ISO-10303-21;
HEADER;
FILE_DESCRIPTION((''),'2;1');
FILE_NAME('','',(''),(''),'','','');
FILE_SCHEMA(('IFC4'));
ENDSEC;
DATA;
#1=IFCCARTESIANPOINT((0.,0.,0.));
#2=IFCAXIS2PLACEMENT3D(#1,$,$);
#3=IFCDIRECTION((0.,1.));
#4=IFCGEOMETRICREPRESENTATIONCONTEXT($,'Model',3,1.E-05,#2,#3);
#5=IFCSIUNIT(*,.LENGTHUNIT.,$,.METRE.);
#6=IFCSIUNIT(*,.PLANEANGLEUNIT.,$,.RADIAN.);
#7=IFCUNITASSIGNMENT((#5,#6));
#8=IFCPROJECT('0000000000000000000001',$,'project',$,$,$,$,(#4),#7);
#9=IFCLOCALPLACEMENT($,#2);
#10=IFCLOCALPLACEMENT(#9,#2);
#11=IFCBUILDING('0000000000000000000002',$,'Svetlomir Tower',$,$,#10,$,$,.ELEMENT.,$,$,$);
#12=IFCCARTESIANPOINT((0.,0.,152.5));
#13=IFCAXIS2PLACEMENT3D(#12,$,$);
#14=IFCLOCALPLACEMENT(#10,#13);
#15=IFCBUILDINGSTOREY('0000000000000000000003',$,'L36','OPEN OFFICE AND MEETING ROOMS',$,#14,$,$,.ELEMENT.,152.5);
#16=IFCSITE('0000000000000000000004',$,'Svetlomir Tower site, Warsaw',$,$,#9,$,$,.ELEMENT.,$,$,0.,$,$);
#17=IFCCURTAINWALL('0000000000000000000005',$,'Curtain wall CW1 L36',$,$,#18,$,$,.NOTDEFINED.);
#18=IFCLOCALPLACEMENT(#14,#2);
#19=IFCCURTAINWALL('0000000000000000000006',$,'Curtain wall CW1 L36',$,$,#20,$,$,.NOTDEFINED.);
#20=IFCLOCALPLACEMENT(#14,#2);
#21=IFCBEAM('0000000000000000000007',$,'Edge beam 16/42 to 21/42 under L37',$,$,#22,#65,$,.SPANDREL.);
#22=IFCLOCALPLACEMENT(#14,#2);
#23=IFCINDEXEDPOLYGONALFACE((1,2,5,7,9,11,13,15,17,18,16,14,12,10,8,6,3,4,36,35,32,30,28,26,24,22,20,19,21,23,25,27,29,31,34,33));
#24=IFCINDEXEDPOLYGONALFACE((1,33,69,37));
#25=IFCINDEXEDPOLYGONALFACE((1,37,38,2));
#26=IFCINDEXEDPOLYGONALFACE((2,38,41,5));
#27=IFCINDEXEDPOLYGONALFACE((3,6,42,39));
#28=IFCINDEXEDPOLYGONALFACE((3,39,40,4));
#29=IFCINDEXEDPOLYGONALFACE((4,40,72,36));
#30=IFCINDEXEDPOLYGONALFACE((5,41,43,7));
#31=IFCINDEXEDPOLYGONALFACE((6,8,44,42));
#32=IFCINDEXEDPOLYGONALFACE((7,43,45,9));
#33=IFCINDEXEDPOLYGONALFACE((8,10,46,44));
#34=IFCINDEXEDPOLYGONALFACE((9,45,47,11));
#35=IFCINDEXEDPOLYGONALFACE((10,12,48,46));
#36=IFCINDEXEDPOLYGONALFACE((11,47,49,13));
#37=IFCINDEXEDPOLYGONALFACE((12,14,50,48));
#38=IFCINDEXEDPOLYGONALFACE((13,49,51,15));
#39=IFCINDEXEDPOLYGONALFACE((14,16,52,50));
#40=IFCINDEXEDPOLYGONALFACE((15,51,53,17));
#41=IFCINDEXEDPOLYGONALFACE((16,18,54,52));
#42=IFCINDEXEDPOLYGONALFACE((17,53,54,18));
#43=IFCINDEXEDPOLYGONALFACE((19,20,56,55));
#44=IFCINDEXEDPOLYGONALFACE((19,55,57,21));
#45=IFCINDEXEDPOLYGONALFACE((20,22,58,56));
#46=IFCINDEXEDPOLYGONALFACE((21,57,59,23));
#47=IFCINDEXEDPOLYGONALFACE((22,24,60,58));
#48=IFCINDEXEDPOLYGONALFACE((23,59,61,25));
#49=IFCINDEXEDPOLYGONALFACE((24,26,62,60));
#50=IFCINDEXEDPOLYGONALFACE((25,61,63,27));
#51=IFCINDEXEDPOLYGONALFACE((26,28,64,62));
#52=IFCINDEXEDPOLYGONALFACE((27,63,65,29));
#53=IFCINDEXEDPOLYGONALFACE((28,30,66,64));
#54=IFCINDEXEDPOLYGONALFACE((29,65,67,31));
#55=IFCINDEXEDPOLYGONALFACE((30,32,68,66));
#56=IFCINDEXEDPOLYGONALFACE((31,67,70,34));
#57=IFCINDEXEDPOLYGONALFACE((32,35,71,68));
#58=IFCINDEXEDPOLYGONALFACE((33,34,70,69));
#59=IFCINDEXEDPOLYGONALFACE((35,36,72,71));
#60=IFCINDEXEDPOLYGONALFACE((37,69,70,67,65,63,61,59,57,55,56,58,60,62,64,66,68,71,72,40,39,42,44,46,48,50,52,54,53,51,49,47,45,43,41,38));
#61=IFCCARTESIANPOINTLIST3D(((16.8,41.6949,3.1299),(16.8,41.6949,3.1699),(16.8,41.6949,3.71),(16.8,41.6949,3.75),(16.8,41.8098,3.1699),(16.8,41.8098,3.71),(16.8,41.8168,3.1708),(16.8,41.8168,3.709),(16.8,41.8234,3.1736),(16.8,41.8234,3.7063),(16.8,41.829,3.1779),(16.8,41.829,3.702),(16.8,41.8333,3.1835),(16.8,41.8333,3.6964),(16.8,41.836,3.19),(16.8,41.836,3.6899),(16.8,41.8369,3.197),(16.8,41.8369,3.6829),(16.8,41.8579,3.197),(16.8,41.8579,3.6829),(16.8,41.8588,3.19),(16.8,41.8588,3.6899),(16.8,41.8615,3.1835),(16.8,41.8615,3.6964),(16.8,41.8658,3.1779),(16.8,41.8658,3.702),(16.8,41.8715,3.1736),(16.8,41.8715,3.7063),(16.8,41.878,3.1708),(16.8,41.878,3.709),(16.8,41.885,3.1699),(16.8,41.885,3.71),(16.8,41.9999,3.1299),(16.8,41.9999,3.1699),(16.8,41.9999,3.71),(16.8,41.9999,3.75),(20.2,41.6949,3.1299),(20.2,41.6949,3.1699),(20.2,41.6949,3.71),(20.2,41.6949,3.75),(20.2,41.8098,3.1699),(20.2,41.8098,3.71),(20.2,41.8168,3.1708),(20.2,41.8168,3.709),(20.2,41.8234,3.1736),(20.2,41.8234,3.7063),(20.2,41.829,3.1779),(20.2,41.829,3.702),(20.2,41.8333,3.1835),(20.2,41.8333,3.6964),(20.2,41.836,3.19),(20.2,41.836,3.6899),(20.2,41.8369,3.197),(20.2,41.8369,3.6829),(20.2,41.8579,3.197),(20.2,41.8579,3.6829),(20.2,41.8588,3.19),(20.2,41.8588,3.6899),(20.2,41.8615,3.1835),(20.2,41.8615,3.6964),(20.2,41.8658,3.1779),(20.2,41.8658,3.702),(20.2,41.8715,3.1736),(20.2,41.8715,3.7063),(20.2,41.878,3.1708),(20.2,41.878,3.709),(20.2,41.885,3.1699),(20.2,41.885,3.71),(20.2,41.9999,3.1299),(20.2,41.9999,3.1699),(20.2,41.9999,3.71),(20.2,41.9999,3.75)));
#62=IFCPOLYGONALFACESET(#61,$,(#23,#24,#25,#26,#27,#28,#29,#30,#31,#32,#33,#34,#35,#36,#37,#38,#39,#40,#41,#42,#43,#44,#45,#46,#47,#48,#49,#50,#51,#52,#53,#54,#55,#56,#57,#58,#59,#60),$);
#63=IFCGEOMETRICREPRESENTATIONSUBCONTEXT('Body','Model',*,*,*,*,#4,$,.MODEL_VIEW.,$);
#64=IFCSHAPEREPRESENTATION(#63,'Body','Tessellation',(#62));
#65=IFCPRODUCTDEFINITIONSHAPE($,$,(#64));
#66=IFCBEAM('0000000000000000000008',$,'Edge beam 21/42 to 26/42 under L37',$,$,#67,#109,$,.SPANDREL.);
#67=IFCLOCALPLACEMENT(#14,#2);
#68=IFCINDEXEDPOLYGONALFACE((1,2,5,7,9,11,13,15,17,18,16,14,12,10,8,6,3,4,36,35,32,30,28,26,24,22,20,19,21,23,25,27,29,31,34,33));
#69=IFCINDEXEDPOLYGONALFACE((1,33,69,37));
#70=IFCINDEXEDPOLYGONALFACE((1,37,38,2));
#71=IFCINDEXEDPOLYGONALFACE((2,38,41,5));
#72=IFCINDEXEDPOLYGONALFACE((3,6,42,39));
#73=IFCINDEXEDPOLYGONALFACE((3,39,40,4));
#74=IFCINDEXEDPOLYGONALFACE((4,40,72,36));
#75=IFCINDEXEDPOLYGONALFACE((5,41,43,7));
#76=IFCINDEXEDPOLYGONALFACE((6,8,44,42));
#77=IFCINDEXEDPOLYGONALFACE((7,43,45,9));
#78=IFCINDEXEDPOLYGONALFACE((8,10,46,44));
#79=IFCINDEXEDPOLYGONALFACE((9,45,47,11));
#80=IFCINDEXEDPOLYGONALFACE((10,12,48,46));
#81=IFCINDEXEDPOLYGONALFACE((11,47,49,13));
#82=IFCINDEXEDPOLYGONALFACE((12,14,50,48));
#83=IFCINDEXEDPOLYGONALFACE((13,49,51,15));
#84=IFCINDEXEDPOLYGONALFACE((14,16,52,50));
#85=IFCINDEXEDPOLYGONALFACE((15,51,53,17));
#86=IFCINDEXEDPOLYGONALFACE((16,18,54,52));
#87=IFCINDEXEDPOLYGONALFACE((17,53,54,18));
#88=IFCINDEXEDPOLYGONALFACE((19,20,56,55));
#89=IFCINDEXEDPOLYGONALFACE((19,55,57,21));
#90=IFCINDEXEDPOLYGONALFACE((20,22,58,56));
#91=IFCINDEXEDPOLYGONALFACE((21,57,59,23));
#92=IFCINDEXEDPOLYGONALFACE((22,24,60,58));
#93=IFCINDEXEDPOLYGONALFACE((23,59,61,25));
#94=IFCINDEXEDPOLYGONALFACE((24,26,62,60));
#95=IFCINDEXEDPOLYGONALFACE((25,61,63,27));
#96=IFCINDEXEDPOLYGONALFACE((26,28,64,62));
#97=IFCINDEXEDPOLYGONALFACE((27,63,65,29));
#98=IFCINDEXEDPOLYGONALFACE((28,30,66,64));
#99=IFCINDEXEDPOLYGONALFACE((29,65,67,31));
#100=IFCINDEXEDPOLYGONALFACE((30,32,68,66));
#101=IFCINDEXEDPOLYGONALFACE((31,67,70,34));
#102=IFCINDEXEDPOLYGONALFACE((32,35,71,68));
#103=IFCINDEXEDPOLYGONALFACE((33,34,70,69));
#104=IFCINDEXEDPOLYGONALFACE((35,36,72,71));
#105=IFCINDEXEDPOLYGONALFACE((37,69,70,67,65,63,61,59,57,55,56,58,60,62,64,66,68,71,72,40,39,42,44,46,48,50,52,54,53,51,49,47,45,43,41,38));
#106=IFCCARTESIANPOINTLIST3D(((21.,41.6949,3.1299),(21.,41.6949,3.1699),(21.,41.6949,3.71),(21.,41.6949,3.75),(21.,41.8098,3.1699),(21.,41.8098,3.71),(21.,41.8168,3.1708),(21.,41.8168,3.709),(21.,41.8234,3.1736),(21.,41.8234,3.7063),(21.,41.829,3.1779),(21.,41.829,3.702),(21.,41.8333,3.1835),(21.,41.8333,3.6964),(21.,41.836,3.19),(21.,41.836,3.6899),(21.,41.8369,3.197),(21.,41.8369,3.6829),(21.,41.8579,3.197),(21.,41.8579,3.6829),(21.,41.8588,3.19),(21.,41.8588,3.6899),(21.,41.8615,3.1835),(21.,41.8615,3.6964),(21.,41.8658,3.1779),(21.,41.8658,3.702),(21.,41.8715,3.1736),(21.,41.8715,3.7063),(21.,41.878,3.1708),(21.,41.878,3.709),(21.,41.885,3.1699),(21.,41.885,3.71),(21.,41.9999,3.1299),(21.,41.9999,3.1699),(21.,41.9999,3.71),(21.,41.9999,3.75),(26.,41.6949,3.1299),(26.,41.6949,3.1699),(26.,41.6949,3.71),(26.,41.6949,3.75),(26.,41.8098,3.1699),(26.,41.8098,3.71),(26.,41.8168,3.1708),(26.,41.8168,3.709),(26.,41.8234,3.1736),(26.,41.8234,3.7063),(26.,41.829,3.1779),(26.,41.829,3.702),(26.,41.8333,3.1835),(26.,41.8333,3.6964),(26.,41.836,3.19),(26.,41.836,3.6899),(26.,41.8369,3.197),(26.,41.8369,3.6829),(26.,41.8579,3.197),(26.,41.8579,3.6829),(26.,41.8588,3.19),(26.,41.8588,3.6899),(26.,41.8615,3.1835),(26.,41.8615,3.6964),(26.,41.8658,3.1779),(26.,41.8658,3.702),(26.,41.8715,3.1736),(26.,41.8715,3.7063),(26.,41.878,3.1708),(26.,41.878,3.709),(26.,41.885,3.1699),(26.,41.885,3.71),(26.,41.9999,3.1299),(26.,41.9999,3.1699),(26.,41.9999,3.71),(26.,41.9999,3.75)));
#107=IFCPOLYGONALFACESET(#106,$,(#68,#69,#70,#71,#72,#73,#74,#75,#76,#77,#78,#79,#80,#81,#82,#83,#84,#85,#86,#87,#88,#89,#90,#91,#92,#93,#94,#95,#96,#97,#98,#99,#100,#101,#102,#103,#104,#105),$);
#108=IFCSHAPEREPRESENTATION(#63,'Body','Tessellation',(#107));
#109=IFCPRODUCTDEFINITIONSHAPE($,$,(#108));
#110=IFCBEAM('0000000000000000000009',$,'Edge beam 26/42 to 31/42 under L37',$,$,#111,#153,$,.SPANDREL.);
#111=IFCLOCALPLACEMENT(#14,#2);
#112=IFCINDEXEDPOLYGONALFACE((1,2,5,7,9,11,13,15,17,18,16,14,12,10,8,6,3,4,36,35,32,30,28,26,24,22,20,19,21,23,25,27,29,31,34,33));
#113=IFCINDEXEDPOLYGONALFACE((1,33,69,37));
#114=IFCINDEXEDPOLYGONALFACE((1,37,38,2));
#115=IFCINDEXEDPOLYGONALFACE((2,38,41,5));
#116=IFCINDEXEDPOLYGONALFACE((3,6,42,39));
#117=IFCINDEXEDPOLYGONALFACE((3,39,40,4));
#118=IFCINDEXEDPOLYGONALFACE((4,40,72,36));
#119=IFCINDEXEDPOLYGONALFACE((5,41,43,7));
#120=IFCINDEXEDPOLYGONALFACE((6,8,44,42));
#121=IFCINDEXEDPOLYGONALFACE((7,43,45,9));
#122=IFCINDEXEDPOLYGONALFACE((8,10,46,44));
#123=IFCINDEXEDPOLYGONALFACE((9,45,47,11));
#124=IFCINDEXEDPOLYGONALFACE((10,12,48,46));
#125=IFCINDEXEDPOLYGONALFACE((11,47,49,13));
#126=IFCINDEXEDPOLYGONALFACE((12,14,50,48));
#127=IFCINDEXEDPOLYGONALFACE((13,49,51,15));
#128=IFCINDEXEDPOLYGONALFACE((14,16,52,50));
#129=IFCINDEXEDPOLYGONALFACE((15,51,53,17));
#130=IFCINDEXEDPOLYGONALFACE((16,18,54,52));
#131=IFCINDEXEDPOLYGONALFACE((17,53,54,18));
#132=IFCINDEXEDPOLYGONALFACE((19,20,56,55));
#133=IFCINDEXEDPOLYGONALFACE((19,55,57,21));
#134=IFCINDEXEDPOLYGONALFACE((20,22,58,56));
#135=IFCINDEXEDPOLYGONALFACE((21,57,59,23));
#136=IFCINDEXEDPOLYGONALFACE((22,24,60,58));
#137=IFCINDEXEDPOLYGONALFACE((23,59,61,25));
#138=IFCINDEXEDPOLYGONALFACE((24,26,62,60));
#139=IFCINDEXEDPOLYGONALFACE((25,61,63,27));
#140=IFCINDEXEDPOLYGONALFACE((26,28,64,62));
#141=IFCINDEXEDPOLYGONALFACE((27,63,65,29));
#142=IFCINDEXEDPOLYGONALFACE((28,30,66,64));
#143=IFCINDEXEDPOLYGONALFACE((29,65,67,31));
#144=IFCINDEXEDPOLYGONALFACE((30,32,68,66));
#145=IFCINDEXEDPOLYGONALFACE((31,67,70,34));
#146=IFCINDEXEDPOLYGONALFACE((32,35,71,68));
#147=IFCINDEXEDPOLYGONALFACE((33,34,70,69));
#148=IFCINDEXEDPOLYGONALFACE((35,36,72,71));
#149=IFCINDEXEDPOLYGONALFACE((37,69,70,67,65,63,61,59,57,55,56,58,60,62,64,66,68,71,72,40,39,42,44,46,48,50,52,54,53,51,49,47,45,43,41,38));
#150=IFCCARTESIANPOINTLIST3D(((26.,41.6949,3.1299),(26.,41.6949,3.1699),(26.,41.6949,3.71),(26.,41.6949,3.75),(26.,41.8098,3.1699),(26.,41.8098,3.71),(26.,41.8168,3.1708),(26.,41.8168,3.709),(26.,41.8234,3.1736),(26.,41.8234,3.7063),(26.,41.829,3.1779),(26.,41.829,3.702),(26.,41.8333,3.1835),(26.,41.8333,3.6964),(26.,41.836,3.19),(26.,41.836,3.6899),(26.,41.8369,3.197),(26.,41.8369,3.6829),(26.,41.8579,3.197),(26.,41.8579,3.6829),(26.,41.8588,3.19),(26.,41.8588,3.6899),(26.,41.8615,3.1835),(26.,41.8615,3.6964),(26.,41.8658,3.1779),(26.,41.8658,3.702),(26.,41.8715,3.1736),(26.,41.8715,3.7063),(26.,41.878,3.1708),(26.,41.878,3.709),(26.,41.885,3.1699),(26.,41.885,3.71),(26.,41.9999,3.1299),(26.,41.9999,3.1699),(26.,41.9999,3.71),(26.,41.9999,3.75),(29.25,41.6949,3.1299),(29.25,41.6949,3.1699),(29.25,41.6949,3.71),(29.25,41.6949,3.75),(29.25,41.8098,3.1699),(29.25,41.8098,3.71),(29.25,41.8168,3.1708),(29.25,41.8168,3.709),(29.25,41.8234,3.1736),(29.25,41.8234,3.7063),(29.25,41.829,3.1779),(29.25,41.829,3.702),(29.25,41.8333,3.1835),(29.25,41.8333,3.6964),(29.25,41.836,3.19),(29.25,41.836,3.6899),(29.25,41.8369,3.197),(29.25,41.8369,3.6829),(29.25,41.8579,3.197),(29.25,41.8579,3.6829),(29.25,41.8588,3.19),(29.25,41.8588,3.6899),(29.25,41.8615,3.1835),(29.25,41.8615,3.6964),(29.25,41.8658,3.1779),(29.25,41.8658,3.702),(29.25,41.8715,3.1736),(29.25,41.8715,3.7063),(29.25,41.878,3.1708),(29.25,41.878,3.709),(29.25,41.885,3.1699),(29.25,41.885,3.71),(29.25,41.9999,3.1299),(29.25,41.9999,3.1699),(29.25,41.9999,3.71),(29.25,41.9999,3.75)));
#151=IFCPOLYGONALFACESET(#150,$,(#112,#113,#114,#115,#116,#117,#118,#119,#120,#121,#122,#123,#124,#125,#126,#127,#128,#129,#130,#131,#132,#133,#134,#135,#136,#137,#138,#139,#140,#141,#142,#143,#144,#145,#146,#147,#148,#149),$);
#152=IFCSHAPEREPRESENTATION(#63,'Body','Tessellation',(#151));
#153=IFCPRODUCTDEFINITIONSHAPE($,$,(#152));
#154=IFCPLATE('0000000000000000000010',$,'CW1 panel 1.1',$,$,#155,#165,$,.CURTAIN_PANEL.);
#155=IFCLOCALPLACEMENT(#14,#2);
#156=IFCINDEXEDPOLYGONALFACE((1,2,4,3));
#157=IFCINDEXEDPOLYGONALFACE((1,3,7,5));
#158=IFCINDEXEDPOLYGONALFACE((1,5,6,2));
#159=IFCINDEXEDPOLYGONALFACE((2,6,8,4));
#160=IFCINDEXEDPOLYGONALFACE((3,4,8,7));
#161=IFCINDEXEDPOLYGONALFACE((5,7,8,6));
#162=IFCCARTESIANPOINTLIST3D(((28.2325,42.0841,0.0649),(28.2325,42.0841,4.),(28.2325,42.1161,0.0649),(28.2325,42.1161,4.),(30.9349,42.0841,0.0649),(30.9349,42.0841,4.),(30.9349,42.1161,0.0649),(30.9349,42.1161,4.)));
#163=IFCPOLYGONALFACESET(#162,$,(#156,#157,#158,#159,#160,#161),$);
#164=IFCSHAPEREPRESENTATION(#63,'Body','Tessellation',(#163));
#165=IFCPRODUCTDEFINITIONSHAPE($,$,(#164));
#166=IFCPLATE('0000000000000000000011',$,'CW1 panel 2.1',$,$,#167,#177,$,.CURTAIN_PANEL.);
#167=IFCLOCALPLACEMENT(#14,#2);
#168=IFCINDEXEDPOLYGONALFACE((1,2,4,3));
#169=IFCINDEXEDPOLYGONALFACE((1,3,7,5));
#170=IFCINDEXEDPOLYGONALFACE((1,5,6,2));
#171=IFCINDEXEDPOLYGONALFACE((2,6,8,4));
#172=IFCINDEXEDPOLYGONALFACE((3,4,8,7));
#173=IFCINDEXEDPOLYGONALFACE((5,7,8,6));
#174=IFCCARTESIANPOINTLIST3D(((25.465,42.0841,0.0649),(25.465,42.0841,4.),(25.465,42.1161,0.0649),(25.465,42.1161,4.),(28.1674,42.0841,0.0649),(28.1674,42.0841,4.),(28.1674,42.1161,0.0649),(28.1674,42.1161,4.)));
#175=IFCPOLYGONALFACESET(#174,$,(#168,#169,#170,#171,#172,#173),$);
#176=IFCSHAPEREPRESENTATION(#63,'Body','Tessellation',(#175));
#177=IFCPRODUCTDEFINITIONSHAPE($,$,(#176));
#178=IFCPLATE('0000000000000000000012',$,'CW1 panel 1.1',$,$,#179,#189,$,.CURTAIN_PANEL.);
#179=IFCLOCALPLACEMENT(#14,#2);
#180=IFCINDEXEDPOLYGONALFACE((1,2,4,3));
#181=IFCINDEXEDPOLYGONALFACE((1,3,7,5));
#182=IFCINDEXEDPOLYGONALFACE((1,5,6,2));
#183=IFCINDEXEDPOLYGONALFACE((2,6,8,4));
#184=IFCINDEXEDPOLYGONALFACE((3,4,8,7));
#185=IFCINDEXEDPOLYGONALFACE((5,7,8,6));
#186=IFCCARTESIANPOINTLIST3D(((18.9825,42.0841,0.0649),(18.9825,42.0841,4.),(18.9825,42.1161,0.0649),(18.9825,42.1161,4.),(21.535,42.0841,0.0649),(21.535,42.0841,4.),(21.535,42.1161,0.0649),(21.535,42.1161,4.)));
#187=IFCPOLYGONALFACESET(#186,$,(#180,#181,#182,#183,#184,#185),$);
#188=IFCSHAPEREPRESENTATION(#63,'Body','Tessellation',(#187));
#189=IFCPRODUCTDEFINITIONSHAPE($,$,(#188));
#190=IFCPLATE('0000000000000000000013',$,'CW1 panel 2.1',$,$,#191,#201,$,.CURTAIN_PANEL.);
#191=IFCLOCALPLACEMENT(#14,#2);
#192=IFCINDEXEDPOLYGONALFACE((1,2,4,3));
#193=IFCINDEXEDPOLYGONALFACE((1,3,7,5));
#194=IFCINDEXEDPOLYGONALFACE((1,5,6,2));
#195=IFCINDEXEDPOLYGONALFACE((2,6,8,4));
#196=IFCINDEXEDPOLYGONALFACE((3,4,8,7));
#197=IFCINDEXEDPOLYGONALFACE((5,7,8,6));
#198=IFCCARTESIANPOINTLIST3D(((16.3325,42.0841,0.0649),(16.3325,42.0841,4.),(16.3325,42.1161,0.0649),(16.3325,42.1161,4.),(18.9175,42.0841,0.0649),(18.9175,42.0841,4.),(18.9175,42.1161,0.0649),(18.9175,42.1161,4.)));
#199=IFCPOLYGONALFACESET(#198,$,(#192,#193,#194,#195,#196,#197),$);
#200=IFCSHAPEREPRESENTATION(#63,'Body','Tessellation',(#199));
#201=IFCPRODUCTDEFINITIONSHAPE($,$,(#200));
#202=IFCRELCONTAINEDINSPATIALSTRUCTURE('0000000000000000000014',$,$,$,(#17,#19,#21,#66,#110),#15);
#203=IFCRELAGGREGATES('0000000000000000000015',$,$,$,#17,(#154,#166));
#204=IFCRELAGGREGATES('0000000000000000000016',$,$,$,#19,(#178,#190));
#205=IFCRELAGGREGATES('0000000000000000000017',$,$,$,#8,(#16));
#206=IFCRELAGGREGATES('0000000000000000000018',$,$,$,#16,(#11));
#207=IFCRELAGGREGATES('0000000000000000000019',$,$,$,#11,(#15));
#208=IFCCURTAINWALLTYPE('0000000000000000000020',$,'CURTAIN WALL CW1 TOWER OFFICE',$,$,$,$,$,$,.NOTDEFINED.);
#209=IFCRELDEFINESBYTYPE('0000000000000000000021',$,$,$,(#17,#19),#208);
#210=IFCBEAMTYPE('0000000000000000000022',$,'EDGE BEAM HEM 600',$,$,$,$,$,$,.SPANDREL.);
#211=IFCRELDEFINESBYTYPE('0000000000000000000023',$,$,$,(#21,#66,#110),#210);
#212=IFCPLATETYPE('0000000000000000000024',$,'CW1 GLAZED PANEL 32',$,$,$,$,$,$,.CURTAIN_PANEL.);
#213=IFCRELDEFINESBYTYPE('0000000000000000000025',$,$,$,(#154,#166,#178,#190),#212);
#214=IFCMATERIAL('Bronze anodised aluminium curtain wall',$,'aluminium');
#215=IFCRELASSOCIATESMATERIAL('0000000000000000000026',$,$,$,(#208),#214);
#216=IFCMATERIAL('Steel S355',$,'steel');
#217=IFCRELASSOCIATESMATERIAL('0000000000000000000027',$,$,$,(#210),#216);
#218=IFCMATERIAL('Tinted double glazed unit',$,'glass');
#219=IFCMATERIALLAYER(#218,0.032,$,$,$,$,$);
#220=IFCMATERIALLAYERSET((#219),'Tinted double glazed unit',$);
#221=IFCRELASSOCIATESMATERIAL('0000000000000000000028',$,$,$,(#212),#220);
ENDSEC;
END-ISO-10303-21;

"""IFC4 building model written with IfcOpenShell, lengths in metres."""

from ifc_helpers import new_model, si_unit, direction, frame, origin, origin_2d, place, context, subcontext, project, spatial, rectangle, i_section, extrude, material, layer, layer_set, material_profile, profile_set, type_object, element, aggregate, save


model = new_model("IFC4")

# Units and contexts
model_context = context("Model", 3, precision=1e-05, world=origin(), true_north=direction((0.0, 1.0)))
body_context = subcontext(model_context, "Body", "Model", "MODEL_VIEW")
ifc_project = project(units=[si_unit("LENGTHUNIT", "METRE"), si_unit("PLANEANGLEUNIT", "RADIAN")], contexts=[model_context])

# Site, building, storey
site_placement = place(None, origin())
site = spatial("IfcSite", under=ifc_project, at=site_placement, Name="Svetlomir Tower site, Warsaw", CompositionType="ELEMENT", RefElevation=0.0)
building_placement = place(site_placement, origin())
building = spatial("IfcBuilding", under=site, at=building_placement, Name="Svetlomir Tower", CompositionType="ELEMENT")
storey_placement = place(building_placement, frame((0.0, 0.0, 152.5)))
storey = spatial("IfcBuildingStorey", under=building, at=storey_placement, Name="L36", Description="OPEN OFFICE AND MEETING ROOMS", CompositionType="ELEMENT", Elevation=152.5)

# Curtain walls
ifc_material_1 = material(Name="Bronze anodised aluminium curtain wall", Category="aluminium")
curtain_wall_type = type_object("IfcCurtainWallType", Name="CURTAIN WALL CW1 TOWER OFFICE", PredefinedType="NOTDEFINED", material=ifc_material_1)
curtain_wall_1_placement = place(storey_placement, origin())
curtain_wall_1 = element("IfcCurtainWall", 1, at=curtain_wall_1_placement, inside=storey, type_object=curtain_wall_type, Name="Curtain wall CW1 L36", PredefinedType="NOTDEFINED")
curtain_wall_2_placement = place(storey_placement, origin())
curtain_wall_2 = element("IfcCurtainWall", 2, at=curtain_wall_2_placement, inside=storey, type_object=curtain_wall_type, Name="Curtain wall CW1 L36", PredefinedType="NOTDEFINED")

# Beams
ifc_material_2 = material(Name="Steel S355", Category="steel")
ifc_material_profile_1 = material_profile(ifc_material_2, i_section(OverallWidth=0.3049, OverallDepth=0.6201, WebThickness=0.021, FlangeThickness=0.04, FilletRadius=0.0271, at=origin_2d()), Name="HEM 600")
ifc_profile_set_1 = profile_set([ifc_material_profile_1], Name="Steel S355")
beam_type_1 = type_object("IfcBeamType", Name="EDGE BEAM HEM 600", PredefinedType="SPANDREL", material=ifc_profile_set_1)
beam_1_placement = place(storey_placement, frame((16.8, 41.8474, 3.4399), z_axis=(1.0, 0.0, 0.0), x_axis=(0.0, 1.0, 0.0)))
element("IfcBeam", 3, at=beam_1_placement, inside=storey, type_object=beam_type_1, Name="Edge beam 16/42 to 21/42 under L37", PredefinedType="SPANDREL", context=body_context, shape_type="SweptSolid", body=[
    extrude(i_section(OverallWidth=0.3049, OverallDepth=0.6201, WebThickness=0.021, FlangeThickness=0.04, FilletRadius=0.0271, at=origin_2d()), origin(), (0.0, 0.0, 1.0), 3.3999),
])
beam_2_placement = place(storey_placement, frame((21.0, 41.8474, 3.4399), z_axis=(1.0, 0.0, 0.0), x_axis=(0.0, 1.0, 0.0)))
element("IfcBeam", 4, at=beam_2_placement, inside=storey, type_object=beam_type_1, Name="Edge beam 21/42 to 26/42 under L37", PredefinedType="SPANDREL", context=body_context, shape_type="SweptSolid", body=[
    extrude(i_section(OverallWidth=0.3049, OverallDepth=0.6201, WebThickness=0.021, FlangeThickness=0.04, FilletRadius=0.0271, at=origin_2d()), origin(), (0.0, 0.0, 1.0), 5.0),
])
beam_3_placement = place(storey_placement, frame((26.0, 41.8474, 3.4399), z_axis=(1.0, 0.0, 0.0), x_axis=(0.0, 1.0, 0.0)))
element("IfcBeam", 5, at=beam_3_placement, inside=storey, type_object=beam_type_1, Name="Edge beam 26/42 to 31/42 under L37", PredefinedType="SPANDREL", context=body_context, shape_type="SweptSolid", body=[
    extrude(i_section(OverallWidth=0.3049, OverallDepth=0.6201, WebThickness=0.021, FlangeThickness=0.04, FilletRadius=0.0271, at=origin_2d()), origin(), (0.0, 0.0, 1.0), 3.25),
])

# Plates
ifc_material_3 = material(Name="Tinted double glazed unit", Category="glass")
ifc_layer_1 = layer(ifc_material_3, 0.032)
ifc_layer_set_1 = layer_set([ifc_layer_1], Name="Tinted double glazed unit")
plate_type = type_object("IfcPlateType", Name="CW1 GLAZED PANEL 32", PredefinedType="CURTAIN_PANEL", material=ifc_layer_set_1)
plate_1_placement = place(storey_placement, frame((29.5837, 42.1001, 0.0649), z_axis=(0.0, 0.0, 1.0), x_axis=(-1.0, 0.0, 0.0)))
plate_1 = element("IfcPlate", 6, at=plate_1_placement, type_object=plate_type, Name="CW1 panel 1.1", PredefinedType="CURTAIN_PANEL", context=body_context, shape_type="SweptSolid", body=[
    extrude(rectangle(XDim=2.7024, YDim=0.032, at=origin_2d()), origin(), (0.0, 0.0, 1.0), 3.9351),
])
plate_2_placement = place(storey_placement, frame((26.8162, 42.1001, 0.0649), z_axis=(0.0, 0.0, 1.0), x_axis=(-1.0, 0.0, 0.0)))
plate_2 = element("IfcPlate", 7, at=plate_2_placement, type_object=plate_type, Name="CW1 panel 2.1", PredefinedType="CURTAIN_PANEL", context=body_context, shape_type="SweptSolid", body=[
    extrude(rectangle(XDim=2.7024, YDim=0.032, at=origin_2d()), origin(), (0.0, 0.0, 1.0), 3.9351),
])
aggregate(curtain_wall_1, [plate_1, plate_2])
plate_3_placement = place(storey_placement, frame((20.2588, 42.1001, 0.0649), z_axis=(0.0, 0.0, 1.0), x_axis=(-1.0, 0.0, 0.0)))
plate_3 = element("IfcPlate", 8, at=plate_3_placement, type_object=plate_type, Name="CW1 panel 1.1", PredefinedType="CURTAIN_PANEL", context=body_context, shape_type="SweptSolid", body=[
    extrude(rectangle(XDim=2.5525, YDim=0.032, at=origin_2d()), origin(), (0.0, 0.0, 1.0), 3.9351),
])
plate_4_placement = place(storey_placement, frame((17.625, 42.1001, 0.0649), z_axis=(0.0, 0.0, 1.0), x_axis=(-1.0, 0.0, 0.0)))
plate_4 = element("IfcPlate", 9, at=plate_4_placement, type_object=plate_type, Name="CW1 panel 2.1", PredefinedType="CURTAIN_PANEL", context=body_context, shape_type="SweptSolid", body=[
    extrude(rectangle(XDim=2.585, YDim=0.032, at=origin_2d()), origin(), (0.0, 0.0, 1.0), 3.9351),
])
aggregate(curtain_wall_2, [plate_3, plate_4])

save(model, "model.ifc")
